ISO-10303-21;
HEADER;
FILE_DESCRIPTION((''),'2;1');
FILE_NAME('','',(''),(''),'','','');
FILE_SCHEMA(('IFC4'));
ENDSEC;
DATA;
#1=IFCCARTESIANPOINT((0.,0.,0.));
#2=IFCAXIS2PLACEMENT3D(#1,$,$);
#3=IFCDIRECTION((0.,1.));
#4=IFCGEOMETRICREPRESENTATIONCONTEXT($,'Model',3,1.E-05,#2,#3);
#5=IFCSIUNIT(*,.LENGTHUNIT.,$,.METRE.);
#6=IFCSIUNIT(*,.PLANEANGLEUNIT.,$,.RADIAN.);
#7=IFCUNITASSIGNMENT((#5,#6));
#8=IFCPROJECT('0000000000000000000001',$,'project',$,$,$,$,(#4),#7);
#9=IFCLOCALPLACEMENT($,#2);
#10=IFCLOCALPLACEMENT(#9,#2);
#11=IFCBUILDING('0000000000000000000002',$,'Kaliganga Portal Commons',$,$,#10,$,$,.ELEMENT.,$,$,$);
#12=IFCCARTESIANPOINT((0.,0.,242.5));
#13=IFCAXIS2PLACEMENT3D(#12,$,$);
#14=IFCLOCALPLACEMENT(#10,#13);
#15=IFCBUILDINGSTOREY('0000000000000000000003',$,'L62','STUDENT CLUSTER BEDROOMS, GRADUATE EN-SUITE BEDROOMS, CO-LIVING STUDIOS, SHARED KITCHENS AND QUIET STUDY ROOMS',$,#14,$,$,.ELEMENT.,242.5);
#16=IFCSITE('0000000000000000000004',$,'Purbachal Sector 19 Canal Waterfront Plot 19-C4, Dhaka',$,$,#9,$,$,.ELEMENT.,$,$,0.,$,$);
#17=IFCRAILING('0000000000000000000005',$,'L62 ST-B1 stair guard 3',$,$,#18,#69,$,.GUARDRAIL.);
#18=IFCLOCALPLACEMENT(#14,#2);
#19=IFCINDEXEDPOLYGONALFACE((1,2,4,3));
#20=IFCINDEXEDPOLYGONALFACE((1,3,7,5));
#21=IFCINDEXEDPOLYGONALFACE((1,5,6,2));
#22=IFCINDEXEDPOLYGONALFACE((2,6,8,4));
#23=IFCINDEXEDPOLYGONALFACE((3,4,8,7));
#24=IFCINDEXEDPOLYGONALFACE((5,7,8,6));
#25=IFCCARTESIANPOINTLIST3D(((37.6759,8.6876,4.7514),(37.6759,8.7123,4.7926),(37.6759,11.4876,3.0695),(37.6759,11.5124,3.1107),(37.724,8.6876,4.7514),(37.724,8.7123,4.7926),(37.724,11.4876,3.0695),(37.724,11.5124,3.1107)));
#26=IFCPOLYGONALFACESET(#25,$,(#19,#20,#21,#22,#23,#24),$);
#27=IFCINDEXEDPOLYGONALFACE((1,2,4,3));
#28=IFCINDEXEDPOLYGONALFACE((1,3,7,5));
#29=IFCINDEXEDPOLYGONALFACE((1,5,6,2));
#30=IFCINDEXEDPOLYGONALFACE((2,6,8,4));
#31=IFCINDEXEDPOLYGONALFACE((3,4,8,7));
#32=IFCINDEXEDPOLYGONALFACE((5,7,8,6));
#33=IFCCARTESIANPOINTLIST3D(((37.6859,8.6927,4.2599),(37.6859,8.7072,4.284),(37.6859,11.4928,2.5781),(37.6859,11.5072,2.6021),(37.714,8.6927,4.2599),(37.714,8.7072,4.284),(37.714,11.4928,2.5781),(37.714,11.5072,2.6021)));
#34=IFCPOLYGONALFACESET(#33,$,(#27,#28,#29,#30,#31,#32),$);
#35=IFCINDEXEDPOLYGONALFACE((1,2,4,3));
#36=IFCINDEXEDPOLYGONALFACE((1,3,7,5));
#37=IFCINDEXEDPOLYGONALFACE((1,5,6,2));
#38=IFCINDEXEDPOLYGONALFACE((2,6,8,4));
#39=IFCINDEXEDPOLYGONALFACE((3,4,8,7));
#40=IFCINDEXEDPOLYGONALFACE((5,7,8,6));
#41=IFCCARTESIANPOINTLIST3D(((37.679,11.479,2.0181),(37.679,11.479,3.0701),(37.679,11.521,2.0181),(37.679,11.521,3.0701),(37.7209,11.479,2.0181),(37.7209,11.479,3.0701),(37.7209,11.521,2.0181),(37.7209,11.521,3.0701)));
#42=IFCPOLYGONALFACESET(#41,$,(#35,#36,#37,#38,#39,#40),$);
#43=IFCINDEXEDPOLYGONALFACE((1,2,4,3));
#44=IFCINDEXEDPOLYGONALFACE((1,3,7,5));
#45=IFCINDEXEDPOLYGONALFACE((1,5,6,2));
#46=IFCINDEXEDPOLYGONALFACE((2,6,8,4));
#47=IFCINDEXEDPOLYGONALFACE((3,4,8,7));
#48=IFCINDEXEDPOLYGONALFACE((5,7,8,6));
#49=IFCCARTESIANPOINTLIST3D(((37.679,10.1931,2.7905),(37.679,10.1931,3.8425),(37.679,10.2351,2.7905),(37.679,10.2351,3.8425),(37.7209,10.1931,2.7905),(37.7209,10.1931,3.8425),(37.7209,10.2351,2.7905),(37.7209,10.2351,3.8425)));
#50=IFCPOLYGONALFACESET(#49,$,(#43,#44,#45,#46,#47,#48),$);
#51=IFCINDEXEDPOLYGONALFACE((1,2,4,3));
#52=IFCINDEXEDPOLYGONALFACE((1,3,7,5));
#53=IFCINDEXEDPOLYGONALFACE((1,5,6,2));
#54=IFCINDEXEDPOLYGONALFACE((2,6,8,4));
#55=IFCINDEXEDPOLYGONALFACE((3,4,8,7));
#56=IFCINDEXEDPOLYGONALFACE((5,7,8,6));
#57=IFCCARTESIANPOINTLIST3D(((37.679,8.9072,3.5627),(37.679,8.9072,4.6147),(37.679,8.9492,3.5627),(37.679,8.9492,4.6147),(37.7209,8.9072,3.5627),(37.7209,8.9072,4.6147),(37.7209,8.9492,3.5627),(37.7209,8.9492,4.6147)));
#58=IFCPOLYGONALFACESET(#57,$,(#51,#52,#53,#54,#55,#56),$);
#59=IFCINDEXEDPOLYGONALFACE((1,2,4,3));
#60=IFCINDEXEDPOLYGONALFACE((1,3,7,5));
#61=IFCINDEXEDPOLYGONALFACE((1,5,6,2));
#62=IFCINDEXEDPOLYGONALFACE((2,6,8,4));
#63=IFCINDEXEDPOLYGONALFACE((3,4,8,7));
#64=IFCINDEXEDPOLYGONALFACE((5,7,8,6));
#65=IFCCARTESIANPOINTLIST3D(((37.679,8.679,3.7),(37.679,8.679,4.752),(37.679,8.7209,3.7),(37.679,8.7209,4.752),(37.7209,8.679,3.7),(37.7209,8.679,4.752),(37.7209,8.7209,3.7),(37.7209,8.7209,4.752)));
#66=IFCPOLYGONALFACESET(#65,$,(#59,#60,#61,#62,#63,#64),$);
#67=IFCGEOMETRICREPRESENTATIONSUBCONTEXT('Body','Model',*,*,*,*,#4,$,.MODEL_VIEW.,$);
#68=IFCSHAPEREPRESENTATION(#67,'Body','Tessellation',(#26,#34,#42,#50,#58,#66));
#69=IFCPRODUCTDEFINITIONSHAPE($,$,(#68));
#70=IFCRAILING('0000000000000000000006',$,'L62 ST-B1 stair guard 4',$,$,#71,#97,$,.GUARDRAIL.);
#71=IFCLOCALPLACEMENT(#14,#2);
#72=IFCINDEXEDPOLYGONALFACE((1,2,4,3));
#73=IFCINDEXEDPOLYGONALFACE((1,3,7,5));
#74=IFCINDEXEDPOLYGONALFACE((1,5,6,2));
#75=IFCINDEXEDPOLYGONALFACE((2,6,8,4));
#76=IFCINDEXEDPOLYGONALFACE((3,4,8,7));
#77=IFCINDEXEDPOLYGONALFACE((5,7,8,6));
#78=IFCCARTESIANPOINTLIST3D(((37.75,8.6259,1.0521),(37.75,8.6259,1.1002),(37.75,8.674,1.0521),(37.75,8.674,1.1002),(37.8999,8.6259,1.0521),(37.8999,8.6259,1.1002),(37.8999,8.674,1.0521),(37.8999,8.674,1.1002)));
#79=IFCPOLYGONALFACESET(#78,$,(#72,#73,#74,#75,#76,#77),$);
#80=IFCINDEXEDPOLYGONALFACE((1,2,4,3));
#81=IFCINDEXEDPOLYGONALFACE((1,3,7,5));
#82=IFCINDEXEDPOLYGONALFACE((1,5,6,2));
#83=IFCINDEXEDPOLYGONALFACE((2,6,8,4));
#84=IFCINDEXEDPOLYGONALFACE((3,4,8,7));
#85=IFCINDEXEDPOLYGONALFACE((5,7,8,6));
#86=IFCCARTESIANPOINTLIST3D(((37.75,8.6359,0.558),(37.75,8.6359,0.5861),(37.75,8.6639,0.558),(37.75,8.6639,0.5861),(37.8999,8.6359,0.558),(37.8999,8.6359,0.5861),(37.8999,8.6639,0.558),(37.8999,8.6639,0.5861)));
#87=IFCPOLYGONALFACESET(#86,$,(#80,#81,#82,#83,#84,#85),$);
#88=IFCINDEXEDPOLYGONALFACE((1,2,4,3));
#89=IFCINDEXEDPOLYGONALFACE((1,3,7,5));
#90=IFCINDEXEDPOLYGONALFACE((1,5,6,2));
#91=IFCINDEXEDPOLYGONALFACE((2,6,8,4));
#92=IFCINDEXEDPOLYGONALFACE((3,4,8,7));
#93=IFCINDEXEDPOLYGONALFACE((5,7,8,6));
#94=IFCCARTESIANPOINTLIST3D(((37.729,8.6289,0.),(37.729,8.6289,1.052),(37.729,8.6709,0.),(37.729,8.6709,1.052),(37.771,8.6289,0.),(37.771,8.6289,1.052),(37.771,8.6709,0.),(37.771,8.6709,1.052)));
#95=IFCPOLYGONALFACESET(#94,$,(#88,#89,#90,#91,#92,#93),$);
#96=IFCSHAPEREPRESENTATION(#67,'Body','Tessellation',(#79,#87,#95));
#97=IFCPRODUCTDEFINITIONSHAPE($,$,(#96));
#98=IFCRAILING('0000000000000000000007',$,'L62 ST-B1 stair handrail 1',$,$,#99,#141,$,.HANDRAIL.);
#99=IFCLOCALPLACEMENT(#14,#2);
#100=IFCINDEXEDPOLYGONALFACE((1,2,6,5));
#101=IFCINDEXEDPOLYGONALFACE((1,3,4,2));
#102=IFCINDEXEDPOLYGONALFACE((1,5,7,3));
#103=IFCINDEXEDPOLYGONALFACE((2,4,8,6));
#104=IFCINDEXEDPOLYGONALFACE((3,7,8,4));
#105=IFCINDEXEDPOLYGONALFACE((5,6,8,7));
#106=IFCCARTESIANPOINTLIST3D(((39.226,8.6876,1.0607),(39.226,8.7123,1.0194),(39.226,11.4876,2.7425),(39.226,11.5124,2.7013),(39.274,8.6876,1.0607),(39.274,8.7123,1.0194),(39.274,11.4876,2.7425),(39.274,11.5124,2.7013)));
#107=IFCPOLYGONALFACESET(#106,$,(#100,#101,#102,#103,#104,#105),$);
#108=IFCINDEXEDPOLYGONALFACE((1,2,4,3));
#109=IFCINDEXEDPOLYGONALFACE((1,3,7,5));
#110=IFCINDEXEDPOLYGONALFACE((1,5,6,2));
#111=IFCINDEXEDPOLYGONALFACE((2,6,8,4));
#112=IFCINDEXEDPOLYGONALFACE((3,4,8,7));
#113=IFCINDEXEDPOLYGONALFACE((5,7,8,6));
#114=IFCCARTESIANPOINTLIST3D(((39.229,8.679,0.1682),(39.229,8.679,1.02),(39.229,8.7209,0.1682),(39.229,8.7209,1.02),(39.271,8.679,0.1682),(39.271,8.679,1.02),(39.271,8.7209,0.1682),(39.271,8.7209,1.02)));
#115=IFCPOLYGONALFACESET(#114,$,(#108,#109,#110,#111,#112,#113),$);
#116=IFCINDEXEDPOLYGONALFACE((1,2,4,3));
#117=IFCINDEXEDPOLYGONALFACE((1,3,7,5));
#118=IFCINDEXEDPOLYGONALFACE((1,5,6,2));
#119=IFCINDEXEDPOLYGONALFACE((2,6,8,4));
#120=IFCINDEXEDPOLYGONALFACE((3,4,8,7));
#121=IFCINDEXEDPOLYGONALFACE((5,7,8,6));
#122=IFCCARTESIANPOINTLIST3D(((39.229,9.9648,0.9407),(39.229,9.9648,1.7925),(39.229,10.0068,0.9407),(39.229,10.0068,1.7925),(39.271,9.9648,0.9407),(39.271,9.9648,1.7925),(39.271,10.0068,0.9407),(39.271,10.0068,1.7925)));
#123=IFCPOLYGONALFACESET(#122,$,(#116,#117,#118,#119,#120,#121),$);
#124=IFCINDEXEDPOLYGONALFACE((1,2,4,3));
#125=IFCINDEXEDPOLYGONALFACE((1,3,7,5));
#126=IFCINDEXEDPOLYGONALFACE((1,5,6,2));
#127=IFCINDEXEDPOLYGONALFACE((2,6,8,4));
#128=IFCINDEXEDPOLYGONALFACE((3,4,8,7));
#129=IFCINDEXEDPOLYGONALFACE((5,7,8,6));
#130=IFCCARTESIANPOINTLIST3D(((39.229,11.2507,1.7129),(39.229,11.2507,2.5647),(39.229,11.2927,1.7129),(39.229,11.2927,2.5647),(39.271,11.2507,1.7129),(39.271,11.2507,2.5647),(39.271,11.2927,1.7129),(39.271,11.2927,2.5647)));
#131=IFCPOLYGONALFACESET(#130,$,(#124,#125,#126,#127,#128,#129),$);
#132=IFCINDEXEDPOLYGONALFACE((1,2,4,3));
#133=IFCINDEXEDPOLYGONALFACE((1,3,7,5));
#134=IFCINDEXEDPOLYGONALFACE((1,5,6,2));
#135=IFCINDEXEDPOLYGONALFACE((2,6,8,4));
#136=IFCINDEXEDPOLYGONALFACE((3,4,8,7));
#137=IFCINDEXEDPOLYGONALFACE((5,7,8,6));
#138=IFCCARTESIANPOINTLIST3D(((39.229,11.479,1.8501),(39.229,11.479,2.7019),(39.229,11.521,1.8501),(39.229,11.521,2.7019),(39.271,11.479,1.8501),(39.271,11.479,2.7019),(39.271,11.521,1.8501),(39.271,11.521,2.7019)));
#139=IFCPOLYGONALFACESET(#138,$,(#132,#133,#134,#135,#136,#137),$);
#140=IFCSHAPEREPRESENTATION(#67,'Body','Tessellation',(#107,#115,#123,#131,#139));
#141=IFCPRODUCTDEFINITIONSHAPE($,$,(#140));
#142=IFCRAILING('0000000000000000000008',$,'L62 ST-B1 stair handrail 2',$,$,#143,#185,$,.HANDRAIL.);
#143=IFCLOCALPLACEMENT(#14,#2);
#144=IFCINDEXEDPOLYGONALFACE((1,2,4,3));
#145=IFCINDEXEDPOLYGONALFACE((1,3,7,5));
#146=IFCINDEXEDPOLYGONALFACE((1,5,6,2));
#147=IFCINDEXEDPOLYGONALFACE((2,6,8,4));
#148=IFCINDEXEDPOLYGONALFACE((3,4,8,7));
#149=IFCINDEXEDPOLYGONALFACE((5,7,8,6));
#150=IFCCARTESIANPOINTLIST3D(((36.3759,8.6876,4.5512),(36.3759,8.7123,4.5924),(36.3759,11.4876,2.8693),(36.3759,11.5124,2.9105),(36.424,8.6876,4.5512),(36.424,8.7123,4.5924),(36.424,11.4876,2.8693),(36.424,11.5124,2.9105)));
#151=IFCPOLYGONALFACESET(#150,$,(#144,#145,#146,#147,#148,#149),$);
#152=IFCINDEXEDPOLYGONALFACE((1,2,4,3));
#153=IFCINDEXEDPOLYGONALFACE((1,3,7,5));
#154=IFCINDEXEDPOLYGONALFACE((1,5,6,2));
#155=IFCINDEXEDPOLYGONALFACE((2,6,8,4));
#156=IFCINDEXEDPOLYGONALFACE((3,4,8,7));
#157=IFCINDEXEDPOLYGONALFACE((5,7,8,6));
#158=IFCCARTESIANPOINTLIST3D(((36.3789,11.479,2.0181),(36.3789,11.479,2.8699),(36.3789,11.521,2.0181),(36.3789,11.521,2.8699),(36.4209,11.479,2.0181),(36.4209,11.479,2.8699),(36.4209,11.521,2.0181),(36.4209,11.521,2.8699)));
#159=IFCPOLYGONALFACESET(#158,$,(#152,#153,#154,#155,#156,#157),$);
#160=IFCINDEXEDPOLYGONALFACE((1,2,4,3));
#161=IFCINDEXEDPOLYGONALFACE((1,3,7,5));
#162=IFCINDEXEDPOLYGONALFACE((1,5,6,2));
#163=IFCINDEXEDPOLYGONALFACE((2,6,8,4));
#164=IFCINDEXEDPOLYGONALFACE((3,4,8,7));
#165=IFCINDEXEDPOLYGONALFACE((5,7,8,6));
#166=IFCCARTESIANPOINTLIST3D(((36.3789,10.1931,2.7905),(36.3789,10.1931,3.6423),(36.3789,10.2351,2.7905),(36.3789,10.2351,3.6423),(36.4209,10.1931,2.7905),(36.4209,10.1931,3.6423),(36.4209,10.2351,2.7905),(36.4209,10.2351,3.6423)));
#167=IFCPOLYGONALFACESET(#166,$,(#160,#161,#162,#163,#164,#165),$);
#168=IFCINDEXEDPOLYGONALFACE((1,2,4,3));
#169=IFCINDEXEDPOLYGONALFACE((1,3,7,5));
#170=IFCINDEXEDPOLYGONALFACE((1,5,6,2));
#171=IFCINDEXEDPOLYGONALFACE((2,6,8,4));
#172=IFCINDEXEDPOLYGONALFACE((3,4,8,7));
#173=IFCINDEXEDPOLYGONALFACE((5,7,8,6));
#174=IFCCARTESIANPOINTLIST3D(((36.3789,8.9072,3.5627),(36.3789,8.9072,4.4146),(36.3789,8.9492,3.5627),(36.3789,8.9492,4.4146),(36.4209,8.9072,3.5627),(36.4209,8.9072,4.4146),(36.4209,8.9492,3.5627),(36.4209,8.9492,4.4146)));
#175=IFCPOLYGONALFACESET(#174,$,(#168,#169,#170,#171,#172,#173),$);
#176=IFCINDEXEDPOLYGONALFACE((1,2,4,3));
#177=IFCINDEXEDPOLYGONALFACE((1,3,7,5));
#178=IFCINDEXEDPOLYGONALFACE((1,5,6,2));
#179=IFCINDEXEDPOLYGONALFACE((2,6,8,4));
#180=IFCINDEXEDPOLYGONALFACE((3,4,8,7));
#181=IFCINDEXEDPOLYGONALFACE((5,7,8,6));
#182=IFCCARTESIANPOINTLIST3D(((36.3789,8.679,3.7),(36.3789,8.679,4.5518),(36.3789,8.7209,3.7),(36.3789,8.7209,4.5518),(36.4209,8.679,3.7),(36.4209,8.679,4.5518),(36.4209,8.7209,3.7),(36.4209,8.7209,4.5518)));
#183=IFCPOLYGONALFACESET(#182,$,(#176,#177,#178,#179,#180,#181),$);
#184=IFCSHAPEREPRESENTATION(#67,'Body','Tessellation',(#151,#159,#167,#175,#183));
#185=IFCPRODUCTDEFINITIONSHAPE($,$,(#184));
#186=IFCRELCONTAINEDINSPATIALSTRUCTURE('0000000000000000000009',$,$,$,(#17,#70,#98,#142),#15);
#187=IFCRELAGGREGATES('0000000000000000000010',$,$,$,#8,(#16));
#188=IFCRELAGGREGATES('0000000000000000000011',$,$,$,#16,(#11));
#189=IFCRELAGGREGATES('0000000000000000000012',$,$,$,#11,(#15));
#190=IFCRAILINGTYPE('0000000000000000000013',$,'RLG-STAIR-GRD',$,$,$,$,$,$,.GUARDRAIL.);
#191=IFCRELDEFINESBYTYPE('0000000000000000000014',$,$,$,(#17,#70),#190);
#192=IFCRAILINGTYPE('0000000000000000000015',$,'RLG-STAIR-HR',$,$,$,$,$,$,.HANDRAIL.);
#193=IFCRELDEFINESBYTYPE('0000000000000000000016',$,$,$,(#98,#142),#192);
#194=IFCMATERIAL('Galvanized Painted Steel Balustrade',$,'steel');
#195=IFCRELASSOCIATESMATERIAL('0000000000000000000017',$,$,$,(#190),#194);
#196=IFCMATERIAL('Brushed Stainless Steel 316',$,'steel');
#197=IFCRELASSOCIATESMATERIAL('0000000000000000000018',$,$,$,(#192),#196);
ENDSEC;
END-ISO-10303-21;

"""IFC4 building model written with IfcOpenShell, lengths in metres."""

from ifc_helpers import new_model, si_unit, direction, frame, origin, origin_2d, place, context, subcontext, project, spatial, rectangle, extrude, material, type_object, element, save


model = new_model("IFC4")

# Units and contexts
model_context = context("Model", 3, precision=1e-05, world=origin(), true_north=direction((0.0, 1.0)))
body_context = subcontext(model_context, "Body", "Model", "MODEL_VIEW")
ifc_project = project(units=[si_unit("LENGTHUNIT", "METRE"), si_unit("PLANEANGLEUNIT", "RADIAN")], contexts=[model_context])

# Site, building, storey
site_placement = place(None, origin())
site = spatial("IfcSite", under=ifc_project, at=site_placement, Name="Purbachal Sector 19 Canal Waterfront Plot 19-C4, Dhaka", CompositionType="ELEMENT", RefElevation=0.0)
building_placement = place(site_placement, origin())
building = spatial("IfcBuilding", under=site, at=building_placement, Name="Kaliganga Portal Commons", CompositionType="ELEMENT")
storey_placement = place(building_placement, frame((0.0, 0.0, 242.5)))
storey = spatial("IfcBuildingStorey", under=building, at=storey_placement, Name="L62", Description="STUDENT CLUSTER BEDROOMS, GRADUATE EN-SUITE BEDROOMS, CO-LIVING STUDIOS, SHARED KITCHENS AND QUIET STUDY ROOMS", CompositionType="ELEMENT", Elevation=242.5)

# Railings
ifc_material_1 = material(Name="Galvanized Painted Steel Balustrade", Category="steel")
railing_type_1 = type_object("IfcRailingType", Name="RLG-STAIR-GRD", PredefinedType="GUARDRAIL", material=ifc_material_1)
railing_1_placement = place(storey_placement, frame((37.7, 11.5, 2.0181)))
element("IfcRailing", 1, at=railing_1_placement, inside=storey, type_object=railing_type_1, Name="L62 ST-B1 stair guard 3", PredefinedType="GUARDRAIL", context=body_context, shape_type="SweptSolid", body=[
    extrude(rectangle(XDim=0.0481, YDim=0.0481, at=origin_2d()), frame((0.0, 0.0, 1.072), z_axis=(0.0, -0.857242, 0.514913), x_axis=(1.0, 0.0, 0.0)), (0.0, 0.0, 1.0), 3.2664),
    extrude(rectangle(XDim=0.0281, YDim=0.0281, at=origin_2d()), frame((0.0, 0.0, 0.572), z_axis=(0.0, -0.857242, 0.514913), x_axis=(1.0, 0.0, 0.0)), (0.0, 0.0, 1.0), 3.2664),
    extrude(rectangle(XDim=0.042, YDim=0.042, at=origin_2d()), origin(), (0.0, 0.0, 1.0), 1.052),
    extrude(rectangle(XDim=0.042, YDim=0.042, at=origin_2d()), frame((0.0, -1.2859, 0.7725)), (0.0, 0.0, 1.0), 1.052),
    extrude(rectangle(XDim=0.042, YDim=0.042, at=origin_2d()), frame((0.0, -2.5718, 1.5447)), (0.0, 0.0, 1.0), 1.052),
    extrude(rectangle(XDim=0.042, YDim=0.042, at=origin_2d()), frame((0.0, -2.8, 1.6819)), (0.0, 0.0, 1.0), 1.052),
])
railing_2_placement = place(storey_placement, frame((37.8999, 8.6499, 0.0)))
element("IfcRailing", 2, at=railing_2_placement, inside=storey, type_object=railing_type_1, Name="L62 ST-B1 stair guard 4", PredefinedType="GUARDRAIL", context=body_context, shape_type="SweptSolid", body=[
    extrude(rectangle(XDim=0.0481, YDim=0.0481, at=origin_2d()), frame((0.0, 0.0, 1.0762), z_axis=(-1.0, 0.0, 0.0), x_axis=(0.0, -1.0, 0.0)), (0.0, 0.0, 1.0), 0.1499),
    extrude(rectangle(XDim=0.0281, YDim=0.0281, at=origin_2d()), frame((0.0, 0.0, 0.572), z_axis=(-1.0, 0.0, 0.0), x_axis=(0.0, -1.0, 0.0)), (0.0, 0.0, 1.0), 0.1499),
    extrude(rectangle(XDim=0.042, YDim=0.042, at=origin_2d()), frame((-0.1499, 0.0, 0.0)), (0.0, 0.0, 1.0), 1.052),
])
ifc_material_2 = material(Name="Brushed Stainless Steel 316", Category="steel")
railing_type_2 = type_object("IfcRailingType", Name="RLG-STAIR-HR", PredefinedType="HANDRAIL", material=ifc_material_2)
railing_3_placement = place(storey_placement, frame((39.25, 8.7, 0.1682)))
element("IfcRailing", 3, at=railing_3_placement, inside=storey, type_object=railing_type_2, Name="L62 ST-B1 stair handrail 1", PredefinedType="HANDRAIL", context=body_context, shape_type="SweptSolid", body=[
    extrude(rectangle(XDim=0.0481, YDim=0.0481, at=origin_2d()), frame((0.0, 0.0, 0.8718), z_axis=(0.0, 0.857242, 0.514913), x_axis=(-1.0, 0.0, 0.0)), (0.0, 0.0, 1.0), 3.2664),
    extrude(rectangle(XDim=0.042, YDim=0.042, at=origin_2d()), origin(), (0.0, 0.0, 1.0), 0.8518),
    extrude(rectangle(XDim=0.042, YDim=0.042, at=origin_2d()), frame((0.0, 1.2859, 0.7725)), (0.0, 0.0, 1.0), 0.8518),
    extrude(rectangle(XDim=0.042, YDim=0.042, at=origin_2d()), frame((0.0, 2.5718, 1.5447)), (0.0, 0.0, 1.0), 0.8518),
    extrude(rectangle(XDim=0.042, YDim=0.042, at=origin_2d()), frame((0.0, 2.8, 1.6819)), (0.0, 0.0, 1.0), 0.8518),
])
railing_4_placement = place(storey_placement, frame((36.3999, 11.5, 2.0181)))
element("IfcRailing", 4, at=railing_4_placement, inside=storey, type_object=railing_type_2, Name="L62 ST-B1 stair handrail 2", PredefinedType="HANDRAIL", context=body_context, shape_type="SweptSolid", body=[
    extrude(rectangle(XDim=0.0481, YDim=0.0481, at=origin_2d()), frame((0.0, 0.0, 0.8718), z_axis=(0.0, -0.857242, 0.514913), x_axis=(1.0, 0.0, 0.0)), (0.0, 0.0, 1.0), 3.2664),
    extrude(rectangle(XDim=0.042, YDim=0.042, at=origin_2d()), origin(), (0.0, 0.0, 1.0), 0.8518),
    extrude(rectangle(XDim=0.042, YDim=0.042, at=origin_2d()), frame((0.0, -1.2859, 0.7725)), (0.0, 0.0, 1.0), 0.8518),
    extrude(rectangle(XDim=0.042, YDim=0.042, at=origin_2d()), frame((0.0, -2.5718, 1.5447)), (0.0, 0.0, 1.0), 0.8518),
    extrude(rectangle(XDim=0.042, YDim=0.042, at=origin_2d()), frame((0.0, -2.8, 1.6819)), (0.0, 0.0, 1.0), 0.8518),
])

save(model, "model.ifc")
